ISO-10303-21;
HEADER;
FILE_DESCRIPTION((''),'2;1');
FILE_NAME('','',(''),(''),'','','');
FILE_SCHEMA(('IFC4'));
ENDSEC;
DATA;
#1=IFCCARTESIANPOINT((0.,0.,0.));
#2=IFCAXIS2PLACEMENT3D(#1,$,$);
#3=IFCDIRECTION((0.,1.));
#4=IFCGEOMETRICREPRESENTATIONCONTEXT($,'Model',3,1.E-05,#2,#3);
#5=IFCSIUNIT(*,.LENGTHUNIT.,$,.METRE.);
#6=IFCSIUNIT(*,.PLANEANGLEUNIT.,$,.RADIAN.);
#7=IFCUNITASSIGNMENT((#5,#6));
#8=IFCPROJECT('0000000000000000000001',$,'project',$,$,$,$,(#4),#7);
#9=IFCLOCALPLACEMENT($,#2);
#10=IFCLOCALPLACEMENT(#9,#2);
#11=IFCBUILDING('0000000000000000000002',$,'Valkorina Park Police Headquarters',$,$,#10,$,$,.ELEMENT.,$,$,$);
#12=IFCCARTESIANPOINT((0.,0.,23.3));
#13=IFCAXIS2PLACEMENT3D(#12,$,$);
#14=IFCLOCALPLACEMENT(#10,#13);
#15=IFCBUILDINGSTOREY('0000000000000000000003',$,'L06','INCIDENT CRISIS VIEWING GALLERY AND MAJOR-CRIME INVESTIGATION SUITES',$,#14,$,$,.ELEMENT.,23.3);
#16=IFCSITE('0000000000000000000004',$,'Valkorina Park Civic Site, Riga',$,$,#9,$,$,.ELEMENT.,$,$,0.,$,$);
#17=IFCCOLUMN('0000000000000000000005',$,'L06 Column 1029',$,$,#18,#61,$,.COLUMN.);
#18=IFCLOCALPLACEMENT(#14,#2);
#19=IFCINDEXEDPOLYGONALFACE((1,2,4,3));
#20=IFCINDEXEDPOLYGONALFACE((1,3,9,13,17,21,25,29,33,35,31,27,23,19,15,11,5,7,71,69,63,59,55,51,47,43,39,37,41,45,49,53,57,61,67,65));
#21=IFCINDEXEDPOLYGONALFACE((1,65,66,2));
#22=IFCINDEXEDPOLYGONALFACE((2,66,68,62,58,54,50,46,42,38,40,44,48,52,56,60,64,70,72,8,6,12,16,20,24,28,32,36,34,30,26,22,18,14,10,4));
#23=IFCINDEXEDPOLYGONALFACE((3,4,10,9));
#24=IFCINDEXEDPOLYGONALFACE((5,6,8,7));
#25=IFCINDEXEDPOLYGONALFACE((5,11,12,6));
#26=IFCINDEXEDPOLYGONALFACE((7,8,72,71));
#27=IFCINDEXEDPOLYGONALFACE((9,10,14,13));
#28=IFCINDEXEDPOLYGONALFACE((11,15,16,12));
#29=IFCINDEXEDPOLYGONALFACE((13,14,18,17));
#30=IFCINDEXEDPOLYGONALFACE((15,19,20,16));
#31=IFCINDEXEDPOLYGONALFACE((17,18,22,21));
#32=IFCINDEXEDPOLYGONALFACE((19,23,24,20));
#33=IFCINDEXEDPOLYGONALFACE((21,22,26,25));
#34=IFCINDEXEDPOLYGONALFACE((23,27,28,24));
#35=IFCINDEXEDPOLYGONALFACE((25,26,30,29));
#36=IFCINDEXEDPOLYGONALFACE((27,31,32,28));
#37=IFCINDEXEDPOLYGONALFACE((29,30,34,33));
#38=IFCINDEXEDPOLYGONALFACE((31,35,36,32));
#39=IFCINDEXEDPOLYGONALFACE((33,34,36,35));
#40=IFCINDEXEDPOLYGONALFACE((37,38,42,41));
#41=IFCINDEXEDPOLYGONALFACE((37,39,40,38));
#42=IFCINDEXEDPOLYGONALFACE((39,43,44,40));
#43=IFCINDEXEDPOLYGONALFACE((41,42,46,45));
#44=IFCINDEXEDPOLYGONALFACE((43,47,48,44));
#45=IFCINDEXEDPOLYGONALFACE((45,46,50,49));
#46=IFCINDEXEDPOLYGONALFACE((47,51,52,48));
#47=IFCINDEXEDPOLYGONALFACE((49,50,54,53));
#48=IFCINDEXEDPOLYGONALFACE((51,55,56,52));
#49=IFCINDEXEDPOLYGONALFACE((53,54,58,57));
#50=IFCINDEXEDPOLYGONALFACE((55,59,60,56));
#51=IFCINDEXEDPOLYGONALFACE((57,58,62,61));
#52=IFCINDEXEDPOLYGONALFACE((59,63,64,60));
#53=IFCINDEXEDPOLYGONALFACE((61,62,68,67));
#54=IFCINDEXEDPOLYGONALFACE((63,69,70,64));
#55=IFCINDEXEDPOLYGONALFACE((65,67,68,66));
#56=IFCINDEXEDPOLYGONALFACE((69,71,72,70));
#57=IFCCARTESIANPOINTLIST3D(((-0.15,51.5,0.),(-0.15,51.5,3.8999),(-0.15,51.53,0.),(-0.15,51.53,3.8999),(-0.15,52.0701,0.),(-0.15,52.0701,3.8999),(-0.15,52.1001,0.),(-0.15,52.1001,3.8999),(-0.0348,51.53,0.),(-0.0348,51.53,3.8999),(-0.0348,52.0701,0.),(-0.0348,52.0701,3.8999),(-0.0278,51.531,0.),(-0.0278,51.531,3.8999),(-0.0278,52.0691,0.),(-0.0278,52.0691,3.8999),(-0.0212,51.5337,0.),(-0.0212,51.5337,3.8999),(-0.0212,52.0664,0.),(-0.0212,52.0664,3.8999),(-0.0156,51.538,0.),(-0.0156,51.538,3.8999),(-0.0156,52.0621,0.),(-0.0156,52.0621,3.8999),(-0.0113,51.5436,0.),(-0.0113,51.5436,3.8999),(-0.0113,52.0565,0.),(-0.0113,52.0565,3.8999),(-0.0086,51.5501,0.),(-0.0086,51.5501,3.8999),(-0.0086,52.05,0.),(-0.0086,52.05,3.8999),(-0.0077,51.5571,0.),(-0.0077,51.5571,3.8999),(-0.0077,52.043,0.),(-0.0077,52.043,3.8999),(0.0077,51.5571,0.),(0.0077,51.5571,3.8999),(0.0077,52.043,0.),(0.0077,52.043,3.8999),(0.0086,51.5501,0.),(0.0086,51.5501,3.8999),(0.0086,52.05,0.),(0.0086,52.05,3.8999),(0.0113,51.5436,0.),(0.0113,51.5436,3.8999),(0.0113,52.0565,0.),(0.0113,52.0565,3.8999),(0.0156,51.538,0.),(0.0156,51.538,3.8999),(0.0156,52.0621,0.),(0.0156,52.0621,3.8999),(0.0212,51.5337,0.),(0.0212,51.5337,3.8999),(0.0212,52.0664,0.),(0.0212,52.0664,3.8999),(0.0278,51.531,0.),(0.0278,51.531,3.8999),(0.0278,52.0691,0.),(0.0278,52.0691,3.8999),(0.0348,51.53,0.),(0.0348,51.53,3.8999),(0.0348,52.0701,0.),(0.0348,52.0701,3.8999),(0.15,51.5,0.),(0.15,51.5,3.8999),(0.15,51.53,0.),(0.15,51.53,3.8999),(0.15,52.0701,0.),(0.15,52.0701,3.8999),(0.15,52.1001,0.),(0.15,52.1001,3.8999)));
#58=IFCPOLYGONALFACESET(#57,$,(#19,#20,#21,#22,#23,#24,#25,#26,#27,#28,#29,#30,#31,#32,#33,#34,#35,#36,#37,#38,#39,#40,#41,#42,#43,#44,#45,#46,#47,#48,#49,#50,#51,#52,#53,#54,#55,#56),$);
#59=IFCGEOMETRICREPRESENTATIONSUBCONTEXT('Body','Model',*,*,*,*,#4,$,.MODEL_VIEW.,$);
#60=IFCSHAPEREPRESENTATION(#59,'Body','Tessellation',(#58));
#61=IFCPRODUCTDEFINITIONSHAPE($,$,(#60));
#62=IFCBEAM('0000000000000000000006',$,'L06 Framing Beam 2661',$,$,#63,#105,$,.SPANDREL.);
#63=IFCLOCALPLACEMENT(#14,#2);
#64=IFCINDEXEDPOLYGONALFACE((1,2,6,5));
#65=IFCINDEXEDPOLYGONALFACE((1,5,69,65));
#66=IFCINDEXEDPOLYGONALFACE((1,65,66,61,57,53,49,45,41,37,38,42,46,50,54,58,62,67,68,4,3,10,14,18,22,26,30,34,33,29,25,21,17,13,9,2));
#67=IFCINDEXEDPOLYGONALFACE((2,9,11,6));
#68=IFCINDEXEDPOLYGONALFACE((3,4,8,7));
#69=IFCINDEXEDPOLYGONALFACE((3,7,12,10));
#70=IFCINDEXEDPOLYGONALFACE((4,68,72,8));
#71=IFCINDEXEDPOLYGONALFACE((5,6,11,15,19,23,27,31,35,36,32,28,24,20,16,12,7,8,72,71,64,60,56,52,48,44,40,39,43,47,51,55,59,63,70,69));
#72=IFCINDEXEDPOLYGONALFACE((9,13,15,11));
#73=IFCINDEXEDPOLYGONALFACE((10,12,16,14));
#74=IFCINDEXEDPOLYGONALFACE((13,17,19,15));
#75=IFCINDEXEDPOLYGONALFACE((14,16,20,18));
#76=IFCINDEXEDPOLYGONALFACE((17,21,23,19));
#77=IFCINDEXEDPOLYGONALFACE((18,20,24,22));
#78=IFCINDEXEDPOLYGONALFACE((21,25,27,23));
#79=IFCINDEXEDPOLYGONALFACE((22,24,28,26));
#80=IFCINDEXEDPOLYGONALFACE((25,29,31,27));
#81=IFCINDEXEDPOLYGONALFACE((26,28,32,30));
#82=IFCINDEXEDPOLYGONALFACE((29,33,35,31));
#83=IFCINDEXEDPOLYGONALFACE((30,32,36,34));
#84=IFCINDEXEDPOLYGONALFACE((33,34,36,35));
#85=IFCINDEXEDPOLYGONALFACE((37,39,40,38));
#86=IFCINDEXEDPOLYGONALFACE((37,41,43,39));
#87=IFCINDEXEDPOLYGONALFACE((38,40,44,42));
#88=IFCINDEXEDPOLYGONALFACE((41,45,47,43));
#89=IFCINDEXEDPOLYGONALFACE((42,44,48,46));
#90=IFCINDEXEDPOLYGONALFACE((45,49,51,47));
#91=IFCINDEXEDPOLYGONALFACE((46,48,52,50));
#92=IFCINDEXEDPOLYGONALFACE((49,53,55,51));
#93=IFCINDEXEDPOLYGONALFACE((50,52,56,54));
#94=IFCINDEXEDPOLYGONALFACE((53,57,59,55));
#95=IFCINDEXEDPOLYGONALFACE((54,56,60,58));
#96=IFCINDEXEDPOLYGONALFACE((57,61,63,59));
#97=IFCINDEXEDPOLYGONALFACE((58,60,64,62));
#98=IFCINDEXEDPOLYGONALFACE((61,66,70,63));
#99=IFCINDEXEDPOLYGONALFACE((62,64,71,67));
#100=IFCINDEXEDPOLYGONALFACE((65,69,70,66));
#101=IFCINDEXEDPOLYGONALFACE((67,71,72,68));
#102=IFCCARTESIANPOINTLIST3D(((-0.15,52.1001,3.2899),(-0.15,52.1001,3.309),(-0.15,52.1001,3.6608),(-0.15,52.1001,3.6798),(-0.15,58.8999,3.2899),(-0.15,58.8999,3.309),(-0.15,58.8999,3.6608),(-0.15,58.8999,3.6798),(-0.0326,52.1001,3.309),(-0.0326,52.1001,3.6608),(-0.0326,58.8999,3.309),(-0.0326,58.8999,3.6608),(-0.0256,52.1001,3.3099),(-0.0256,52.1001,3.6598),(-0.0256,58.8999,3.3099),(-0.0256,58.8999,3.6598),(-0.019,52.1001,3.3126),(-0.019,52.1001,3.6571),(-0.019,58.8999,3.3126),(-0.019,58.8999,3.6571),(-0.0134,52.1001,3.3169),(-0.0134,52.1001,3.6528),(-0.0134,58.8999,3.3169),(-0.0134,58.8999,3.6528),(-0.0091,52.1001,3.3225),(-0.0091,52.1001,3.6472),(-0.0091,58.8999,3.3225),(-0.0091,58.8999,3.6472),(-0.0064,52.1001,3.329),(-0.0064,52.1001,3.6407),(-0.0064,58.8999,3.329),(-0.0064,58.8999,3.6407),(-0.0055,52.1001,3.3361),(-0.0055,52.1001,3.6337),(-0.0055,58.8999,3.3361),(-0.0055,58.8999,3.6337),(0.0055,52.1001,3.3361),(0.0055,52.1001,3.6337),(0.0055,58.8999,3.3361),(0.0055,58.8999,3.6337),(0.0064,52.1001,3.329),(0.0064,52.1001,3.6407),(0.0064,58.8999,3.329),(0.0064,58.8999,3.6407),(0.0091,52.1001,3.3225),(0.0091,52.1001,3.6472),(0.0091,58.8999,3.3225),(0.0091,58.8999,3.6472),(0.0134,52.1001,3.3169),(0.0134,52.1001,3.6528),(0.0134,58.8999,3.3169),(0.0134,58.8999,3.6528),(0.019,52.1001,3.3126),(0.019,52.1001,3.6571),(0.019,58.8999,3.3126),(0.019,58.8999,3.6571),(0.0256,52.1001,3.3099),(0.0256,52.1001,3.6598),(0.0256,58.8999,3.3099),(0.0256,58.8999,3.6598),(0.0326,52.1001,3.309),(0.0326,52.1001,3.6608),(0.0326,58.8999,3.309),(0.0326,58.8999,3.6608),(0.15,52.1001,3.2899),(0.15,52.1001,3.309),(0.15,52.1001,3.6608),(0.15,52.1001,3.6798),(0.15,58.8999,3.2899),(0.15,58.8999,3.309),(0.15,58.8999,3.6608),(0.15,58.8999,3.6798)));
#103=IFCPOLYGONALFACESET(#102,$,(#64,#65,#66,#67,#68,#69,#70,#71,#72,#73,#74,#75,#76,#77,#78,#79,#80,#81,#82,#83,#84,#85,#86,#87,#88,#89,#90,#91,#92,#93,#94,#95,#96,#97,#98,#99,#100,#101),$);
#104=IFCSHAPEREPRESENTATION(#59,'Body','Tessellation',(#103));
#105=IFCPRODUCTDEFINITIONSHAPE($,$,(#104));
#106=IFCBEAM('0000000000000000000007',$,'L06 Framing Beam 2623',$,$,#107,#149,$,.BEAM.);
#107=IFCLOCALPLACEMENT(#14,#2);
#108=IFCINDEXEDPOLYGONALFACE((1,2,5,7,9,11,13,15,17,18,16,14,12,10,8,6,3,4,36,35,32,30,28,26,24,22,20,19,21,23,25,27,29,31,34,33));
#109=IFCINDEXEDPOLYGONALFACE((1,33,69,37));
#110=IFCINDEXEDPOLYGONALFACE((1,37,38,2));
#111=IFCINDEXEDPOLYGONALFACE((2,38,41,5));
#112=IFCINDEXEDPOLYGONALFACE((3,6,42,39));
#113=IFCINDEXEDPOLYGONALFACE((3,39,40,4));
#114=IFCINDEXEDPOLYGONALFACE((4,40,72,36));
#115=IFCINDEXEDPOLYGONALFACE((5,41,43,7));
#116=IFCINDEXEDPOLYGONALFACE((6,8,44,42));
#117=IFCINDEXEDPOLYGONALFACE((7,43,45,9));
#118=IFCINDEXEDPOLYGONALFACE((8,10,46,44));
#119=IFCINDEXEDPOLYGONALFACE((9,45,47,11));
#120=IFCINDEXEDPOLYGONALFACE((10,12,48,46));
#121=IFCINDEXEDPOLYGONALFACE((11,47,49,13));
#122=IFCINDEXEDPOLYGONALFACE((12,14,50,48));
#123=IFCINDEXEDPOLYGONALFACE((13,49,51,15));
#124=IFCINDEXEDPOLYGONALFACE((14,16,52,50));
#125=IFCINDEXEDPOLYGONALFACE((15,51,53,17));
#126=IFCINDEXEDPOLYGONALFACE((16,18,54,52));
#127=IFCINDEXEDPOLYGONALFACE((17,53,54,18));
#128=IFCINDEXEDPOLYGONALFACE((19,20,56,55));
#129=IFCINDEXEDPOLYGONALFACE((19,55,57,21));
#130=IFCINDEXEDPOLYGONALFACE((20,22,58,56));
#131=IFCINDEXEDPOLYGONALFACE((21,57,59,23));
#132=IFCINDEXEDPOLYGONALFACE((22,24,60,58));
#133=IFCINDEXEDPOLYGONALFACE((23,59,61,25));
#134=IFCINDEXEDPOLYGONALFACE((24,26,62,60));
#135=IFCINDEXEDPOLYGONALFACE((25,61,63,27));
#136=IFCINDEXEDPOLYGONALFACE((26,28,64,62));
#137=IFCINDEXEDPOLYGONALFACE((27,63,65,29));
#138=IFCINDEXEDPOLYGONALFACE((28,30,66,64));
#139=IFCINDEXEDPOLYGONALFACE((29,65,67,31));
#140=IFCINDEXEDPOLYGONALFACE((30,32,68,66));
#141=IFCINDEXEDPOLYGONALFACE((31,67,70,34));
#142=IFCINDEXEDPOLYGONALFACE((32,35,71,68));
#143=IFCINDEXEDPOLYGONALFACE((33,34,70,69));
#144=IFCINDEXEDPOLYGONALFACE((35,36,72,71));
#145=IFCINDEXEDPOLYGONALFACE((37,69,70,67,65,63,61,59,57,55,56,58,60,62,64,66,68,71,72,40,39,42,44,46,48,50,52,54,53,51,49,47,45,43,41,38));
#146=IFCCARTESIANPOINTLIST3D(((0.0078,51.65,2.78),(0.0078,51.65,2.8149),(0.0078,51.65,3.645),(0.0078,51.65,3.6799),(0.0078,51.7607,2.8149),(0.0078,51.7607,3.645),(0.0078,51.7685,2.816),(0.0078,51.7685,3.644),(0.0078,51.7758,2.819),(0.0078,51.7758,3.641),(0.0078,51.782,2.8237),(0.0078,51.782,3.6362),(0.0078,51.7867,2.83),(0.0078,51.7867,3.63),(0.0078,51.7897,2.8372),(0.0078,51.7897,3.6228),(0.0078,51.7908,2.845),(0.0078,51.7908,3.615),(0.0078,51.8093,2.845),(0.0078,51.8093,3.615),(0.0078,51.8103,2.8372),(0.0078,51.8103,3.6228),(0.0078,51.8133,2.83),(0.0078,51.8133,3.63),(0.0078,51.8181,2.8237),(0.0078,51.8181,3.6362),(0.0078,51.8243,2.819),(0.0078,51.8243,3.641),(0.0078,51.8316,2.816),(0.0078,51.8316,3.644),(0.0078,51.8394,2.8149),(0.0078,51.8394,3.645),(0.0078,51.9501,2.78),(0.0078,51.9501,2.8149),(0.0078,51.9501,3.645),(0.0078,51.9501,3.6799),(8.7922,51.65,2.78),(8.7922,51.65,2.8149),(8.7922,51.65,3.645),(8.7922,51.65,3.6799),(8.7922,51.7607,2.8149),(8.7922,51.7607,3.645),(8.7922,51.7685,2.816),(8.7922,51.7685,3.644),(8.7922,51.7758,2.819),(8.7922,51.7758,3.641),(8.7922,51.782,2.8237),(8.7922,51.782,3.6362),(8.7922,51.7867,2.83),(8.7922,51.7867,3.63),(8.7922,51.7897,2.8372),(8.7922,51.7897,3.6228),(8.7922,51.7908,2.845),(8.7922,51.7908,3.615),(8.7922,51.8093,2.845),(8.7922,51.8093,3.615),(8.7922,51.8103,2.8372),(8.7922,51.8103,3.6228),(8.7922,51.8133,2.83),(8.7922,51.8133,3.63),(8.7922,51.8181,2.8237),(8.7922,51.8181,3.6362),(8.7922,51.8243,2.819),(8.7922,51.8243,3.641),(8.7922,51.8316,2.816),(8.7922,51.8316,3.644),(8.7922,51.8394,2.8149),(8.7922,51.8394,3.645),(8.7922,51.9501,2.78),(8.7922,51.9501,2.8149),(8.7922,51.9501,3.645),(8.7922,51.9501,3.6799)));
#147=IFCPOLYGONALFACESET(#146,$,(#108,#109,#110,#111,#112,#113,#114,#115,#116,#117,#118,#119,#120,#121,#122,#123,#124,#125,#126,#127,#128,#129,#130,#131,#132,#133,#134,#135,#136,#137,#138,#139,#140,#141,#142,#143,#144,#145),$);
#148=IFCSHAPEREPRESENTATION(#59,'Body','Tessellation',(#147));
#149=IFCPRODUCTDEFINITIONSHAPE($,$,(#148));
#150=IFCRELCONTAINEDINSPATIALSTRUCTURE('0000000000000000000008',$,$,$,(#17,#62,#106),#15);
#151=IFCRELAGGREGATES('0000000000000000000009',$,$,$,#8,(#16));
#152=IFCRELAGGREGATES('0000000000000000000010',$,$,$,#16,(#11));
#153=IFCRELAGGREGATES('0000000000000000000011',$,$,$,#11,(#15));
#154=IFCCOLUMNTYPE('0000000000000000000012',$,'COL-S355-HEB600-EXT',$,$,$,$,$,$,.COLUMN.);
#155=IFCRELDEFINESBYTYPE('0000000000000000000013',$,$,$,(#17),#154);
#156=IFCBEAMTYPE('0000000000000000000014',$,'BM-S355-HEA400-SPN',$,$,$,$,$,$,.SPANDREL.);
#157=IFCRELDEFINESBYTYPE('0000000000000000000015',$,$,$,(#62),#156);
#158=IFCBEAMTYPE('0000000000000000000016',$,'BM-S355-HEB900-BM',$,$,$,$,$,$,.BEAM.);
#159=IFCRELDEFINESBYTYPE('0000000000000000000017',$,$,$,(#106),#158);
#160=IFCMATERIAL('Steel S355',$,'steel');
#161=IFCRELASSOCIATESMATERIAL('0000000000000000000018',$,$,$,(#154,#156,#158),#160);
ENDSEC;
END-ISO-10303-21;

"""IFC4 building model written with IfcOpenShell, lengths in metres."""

from ifc_helpers import new_model, si_unit, direction, frame, origin, origin_2d, place, context, subcontext, project, spatial, i_section, extrude, material, material_profile, profile_set, type_object, element, save


model = new_model("IFC4")

# Units and contexts
model_context = context("Model", 3, precision=1e-05, world=origin(), true_north=direction((0.0, 1.0)))
body_context = subcontext(model_context, "Body", "Model", "MODEL_VIEW")
ifc_project = project(units=[si_unit("LENGTHUNIT", "METRE"), si_unit("PLANEANGLEUNIT", "RADIAN")], contexts=[model_context])

# Site, building, storey
site_placement = place(None, origin())
site = spatial("IfcSite", under=ifc_project, at=site_placement, Name="Valkorina Park Civic Site, Riga", CompositionType="ELEMENT", RefElevation=0.0)
building_placement = place(site_placement, origin())
building = spatial("IfcBuilding", under=site, at=building_placement, Name="Valkorina Park Police Headquarters", CompositionType="ELEMENT")
storey_placement = place(building_placement, frame((0.0, 0.0, 23.3)))
storey = spatial("IfcBuildingStorey", under=building, at=storey_placement, Name="L06", Description="INCIDENT CRISIS VIEWING GALLERY AND MAJOR-CRIME INVESTIGATION SUITES", CompositionType="ELEMENT", Elevation=23.3)

# Column
ifc_material_1 = material(Name="Steel S355", Category="steel")
ifc_material_profile_1 = material_profile(ifc_material_1, i_section(OverallWidth=0.3, OverallDepth=0.6001, WebThickness=0.0154, FlangeThickness=0.03, FilletRadius=0.0271, at=origin_2d()), Name="HEB 600")
ifc_profile_set_1 = profile_set([ifc_material_profile_1], Name="Steel S355")
column_type = type_object("IfcColumnType", Name="COL-S355-HEB600-EXT", PredefinedType="COLUMN", material=ifc_profile_set_1)
column_placement = place(storey_placement, frame((0.0, 51.8, 0.0), z_axis=(0.0, 0.0, 1.0), x_axis=(1.0, 0.0, 0.0)))
element("IfcColumn", 1, at=column_placement, inside=storey, type_object=column_type, Name="L06 Column 1029", PredefinedType="COLUMN", context=body_context, shape_type="SweptSolid", body=[
    extrude(i_section(OverallWidth=0.3, OverallDepth=0.6001, WebThickness=0.0154, FlangeThickness=0.03, FilletRadius=0.0271, at=origin_2d()), origin(), (0.0, 0.0, 1.0), 3.8999),
])

# Beams
ifc_material_profile_2 = material_profile(ifc_material_1, i_section(OverallWidth=0.3, OverallDepth=0.3899, WebThickness=0.011, FlangeThickness=0.019, FilletRadius=0.0271, at=origin_2d()), Name="HEA 400")
ifc_profile_set_2 = profile_set([ifc_material_profile_2], Name="Steel S355")
beam_type_1 = type_object("IfcBeamType", Name="BM-S355-HEA400-SPN", PredefinedType="SPANDREL", material=ifc_profile_set_2)
beam_1_placement = place(storey_placement, frame((0.0, 52.1001, 3.4849), z_axis=(0.0, 1.0, 0.0), x_axis=(-1.0, 0.0, 0.0)))
element("IfcBeam", 2, at=beam_1_placement, inside=storey, type_object=beam_type_1, Name="L06 Framing Beam 2661", PredefinedType="SPANDREL", context=body_context, shape_type="SweptSolid", body=[
    extrude(i_section(OverallWidth=0.3, OverallDepth=0.3899, WebThickness=0.011, FlangeThickness=0.019, FilletRadius=0.0271, at=origin_2d()), origin(), (0.0, 0.0, 1.0), 6.7998),
])
ifc_material_profile_3 = material_profile(ifc_material_1, i_section(OverallWidth=0.3, OverallDepth=0.8999, WebThickness=0.0186, FlangeThickness=0.0349, FilletRadius=0.03, at=origin_2d()), Name="HEB 900")
ifc_profile_set_3 = profile_set([ifc_material_profile_3], Name="Steel S355")
beam_type_2 = type_object("IfcBeamType", Name="BM-S355-HEB900-BM", PredefinedType="BEAM", material=ifc_profile_set_3)
beam_2_placement = place(storey_placement, frame((0.0078, 51.8, 3.23), z_axis=(1.0, 0.0, 0.0), x_axis=(0.0, 1.0, 0.0)))
element("IfcBeam", 3, at=beam_2_placement, inside=storey, type_object=beam_type_2, Name="L06 Framing Beam 2623", PredefinedType="BEAM", context=body_context, shape_type="SweptSolid", body=[
    extrude(i_section(OverallWidth=0.3, OverallDepth=0.8999, WebThickness=0.0186, FlangeThickness=0.0349, FilletRadius=0.03, at=origin_2d()), origin(), (0.0, 0.0, 1.0), 8.7844),
])

save(model, "model.ifc")
